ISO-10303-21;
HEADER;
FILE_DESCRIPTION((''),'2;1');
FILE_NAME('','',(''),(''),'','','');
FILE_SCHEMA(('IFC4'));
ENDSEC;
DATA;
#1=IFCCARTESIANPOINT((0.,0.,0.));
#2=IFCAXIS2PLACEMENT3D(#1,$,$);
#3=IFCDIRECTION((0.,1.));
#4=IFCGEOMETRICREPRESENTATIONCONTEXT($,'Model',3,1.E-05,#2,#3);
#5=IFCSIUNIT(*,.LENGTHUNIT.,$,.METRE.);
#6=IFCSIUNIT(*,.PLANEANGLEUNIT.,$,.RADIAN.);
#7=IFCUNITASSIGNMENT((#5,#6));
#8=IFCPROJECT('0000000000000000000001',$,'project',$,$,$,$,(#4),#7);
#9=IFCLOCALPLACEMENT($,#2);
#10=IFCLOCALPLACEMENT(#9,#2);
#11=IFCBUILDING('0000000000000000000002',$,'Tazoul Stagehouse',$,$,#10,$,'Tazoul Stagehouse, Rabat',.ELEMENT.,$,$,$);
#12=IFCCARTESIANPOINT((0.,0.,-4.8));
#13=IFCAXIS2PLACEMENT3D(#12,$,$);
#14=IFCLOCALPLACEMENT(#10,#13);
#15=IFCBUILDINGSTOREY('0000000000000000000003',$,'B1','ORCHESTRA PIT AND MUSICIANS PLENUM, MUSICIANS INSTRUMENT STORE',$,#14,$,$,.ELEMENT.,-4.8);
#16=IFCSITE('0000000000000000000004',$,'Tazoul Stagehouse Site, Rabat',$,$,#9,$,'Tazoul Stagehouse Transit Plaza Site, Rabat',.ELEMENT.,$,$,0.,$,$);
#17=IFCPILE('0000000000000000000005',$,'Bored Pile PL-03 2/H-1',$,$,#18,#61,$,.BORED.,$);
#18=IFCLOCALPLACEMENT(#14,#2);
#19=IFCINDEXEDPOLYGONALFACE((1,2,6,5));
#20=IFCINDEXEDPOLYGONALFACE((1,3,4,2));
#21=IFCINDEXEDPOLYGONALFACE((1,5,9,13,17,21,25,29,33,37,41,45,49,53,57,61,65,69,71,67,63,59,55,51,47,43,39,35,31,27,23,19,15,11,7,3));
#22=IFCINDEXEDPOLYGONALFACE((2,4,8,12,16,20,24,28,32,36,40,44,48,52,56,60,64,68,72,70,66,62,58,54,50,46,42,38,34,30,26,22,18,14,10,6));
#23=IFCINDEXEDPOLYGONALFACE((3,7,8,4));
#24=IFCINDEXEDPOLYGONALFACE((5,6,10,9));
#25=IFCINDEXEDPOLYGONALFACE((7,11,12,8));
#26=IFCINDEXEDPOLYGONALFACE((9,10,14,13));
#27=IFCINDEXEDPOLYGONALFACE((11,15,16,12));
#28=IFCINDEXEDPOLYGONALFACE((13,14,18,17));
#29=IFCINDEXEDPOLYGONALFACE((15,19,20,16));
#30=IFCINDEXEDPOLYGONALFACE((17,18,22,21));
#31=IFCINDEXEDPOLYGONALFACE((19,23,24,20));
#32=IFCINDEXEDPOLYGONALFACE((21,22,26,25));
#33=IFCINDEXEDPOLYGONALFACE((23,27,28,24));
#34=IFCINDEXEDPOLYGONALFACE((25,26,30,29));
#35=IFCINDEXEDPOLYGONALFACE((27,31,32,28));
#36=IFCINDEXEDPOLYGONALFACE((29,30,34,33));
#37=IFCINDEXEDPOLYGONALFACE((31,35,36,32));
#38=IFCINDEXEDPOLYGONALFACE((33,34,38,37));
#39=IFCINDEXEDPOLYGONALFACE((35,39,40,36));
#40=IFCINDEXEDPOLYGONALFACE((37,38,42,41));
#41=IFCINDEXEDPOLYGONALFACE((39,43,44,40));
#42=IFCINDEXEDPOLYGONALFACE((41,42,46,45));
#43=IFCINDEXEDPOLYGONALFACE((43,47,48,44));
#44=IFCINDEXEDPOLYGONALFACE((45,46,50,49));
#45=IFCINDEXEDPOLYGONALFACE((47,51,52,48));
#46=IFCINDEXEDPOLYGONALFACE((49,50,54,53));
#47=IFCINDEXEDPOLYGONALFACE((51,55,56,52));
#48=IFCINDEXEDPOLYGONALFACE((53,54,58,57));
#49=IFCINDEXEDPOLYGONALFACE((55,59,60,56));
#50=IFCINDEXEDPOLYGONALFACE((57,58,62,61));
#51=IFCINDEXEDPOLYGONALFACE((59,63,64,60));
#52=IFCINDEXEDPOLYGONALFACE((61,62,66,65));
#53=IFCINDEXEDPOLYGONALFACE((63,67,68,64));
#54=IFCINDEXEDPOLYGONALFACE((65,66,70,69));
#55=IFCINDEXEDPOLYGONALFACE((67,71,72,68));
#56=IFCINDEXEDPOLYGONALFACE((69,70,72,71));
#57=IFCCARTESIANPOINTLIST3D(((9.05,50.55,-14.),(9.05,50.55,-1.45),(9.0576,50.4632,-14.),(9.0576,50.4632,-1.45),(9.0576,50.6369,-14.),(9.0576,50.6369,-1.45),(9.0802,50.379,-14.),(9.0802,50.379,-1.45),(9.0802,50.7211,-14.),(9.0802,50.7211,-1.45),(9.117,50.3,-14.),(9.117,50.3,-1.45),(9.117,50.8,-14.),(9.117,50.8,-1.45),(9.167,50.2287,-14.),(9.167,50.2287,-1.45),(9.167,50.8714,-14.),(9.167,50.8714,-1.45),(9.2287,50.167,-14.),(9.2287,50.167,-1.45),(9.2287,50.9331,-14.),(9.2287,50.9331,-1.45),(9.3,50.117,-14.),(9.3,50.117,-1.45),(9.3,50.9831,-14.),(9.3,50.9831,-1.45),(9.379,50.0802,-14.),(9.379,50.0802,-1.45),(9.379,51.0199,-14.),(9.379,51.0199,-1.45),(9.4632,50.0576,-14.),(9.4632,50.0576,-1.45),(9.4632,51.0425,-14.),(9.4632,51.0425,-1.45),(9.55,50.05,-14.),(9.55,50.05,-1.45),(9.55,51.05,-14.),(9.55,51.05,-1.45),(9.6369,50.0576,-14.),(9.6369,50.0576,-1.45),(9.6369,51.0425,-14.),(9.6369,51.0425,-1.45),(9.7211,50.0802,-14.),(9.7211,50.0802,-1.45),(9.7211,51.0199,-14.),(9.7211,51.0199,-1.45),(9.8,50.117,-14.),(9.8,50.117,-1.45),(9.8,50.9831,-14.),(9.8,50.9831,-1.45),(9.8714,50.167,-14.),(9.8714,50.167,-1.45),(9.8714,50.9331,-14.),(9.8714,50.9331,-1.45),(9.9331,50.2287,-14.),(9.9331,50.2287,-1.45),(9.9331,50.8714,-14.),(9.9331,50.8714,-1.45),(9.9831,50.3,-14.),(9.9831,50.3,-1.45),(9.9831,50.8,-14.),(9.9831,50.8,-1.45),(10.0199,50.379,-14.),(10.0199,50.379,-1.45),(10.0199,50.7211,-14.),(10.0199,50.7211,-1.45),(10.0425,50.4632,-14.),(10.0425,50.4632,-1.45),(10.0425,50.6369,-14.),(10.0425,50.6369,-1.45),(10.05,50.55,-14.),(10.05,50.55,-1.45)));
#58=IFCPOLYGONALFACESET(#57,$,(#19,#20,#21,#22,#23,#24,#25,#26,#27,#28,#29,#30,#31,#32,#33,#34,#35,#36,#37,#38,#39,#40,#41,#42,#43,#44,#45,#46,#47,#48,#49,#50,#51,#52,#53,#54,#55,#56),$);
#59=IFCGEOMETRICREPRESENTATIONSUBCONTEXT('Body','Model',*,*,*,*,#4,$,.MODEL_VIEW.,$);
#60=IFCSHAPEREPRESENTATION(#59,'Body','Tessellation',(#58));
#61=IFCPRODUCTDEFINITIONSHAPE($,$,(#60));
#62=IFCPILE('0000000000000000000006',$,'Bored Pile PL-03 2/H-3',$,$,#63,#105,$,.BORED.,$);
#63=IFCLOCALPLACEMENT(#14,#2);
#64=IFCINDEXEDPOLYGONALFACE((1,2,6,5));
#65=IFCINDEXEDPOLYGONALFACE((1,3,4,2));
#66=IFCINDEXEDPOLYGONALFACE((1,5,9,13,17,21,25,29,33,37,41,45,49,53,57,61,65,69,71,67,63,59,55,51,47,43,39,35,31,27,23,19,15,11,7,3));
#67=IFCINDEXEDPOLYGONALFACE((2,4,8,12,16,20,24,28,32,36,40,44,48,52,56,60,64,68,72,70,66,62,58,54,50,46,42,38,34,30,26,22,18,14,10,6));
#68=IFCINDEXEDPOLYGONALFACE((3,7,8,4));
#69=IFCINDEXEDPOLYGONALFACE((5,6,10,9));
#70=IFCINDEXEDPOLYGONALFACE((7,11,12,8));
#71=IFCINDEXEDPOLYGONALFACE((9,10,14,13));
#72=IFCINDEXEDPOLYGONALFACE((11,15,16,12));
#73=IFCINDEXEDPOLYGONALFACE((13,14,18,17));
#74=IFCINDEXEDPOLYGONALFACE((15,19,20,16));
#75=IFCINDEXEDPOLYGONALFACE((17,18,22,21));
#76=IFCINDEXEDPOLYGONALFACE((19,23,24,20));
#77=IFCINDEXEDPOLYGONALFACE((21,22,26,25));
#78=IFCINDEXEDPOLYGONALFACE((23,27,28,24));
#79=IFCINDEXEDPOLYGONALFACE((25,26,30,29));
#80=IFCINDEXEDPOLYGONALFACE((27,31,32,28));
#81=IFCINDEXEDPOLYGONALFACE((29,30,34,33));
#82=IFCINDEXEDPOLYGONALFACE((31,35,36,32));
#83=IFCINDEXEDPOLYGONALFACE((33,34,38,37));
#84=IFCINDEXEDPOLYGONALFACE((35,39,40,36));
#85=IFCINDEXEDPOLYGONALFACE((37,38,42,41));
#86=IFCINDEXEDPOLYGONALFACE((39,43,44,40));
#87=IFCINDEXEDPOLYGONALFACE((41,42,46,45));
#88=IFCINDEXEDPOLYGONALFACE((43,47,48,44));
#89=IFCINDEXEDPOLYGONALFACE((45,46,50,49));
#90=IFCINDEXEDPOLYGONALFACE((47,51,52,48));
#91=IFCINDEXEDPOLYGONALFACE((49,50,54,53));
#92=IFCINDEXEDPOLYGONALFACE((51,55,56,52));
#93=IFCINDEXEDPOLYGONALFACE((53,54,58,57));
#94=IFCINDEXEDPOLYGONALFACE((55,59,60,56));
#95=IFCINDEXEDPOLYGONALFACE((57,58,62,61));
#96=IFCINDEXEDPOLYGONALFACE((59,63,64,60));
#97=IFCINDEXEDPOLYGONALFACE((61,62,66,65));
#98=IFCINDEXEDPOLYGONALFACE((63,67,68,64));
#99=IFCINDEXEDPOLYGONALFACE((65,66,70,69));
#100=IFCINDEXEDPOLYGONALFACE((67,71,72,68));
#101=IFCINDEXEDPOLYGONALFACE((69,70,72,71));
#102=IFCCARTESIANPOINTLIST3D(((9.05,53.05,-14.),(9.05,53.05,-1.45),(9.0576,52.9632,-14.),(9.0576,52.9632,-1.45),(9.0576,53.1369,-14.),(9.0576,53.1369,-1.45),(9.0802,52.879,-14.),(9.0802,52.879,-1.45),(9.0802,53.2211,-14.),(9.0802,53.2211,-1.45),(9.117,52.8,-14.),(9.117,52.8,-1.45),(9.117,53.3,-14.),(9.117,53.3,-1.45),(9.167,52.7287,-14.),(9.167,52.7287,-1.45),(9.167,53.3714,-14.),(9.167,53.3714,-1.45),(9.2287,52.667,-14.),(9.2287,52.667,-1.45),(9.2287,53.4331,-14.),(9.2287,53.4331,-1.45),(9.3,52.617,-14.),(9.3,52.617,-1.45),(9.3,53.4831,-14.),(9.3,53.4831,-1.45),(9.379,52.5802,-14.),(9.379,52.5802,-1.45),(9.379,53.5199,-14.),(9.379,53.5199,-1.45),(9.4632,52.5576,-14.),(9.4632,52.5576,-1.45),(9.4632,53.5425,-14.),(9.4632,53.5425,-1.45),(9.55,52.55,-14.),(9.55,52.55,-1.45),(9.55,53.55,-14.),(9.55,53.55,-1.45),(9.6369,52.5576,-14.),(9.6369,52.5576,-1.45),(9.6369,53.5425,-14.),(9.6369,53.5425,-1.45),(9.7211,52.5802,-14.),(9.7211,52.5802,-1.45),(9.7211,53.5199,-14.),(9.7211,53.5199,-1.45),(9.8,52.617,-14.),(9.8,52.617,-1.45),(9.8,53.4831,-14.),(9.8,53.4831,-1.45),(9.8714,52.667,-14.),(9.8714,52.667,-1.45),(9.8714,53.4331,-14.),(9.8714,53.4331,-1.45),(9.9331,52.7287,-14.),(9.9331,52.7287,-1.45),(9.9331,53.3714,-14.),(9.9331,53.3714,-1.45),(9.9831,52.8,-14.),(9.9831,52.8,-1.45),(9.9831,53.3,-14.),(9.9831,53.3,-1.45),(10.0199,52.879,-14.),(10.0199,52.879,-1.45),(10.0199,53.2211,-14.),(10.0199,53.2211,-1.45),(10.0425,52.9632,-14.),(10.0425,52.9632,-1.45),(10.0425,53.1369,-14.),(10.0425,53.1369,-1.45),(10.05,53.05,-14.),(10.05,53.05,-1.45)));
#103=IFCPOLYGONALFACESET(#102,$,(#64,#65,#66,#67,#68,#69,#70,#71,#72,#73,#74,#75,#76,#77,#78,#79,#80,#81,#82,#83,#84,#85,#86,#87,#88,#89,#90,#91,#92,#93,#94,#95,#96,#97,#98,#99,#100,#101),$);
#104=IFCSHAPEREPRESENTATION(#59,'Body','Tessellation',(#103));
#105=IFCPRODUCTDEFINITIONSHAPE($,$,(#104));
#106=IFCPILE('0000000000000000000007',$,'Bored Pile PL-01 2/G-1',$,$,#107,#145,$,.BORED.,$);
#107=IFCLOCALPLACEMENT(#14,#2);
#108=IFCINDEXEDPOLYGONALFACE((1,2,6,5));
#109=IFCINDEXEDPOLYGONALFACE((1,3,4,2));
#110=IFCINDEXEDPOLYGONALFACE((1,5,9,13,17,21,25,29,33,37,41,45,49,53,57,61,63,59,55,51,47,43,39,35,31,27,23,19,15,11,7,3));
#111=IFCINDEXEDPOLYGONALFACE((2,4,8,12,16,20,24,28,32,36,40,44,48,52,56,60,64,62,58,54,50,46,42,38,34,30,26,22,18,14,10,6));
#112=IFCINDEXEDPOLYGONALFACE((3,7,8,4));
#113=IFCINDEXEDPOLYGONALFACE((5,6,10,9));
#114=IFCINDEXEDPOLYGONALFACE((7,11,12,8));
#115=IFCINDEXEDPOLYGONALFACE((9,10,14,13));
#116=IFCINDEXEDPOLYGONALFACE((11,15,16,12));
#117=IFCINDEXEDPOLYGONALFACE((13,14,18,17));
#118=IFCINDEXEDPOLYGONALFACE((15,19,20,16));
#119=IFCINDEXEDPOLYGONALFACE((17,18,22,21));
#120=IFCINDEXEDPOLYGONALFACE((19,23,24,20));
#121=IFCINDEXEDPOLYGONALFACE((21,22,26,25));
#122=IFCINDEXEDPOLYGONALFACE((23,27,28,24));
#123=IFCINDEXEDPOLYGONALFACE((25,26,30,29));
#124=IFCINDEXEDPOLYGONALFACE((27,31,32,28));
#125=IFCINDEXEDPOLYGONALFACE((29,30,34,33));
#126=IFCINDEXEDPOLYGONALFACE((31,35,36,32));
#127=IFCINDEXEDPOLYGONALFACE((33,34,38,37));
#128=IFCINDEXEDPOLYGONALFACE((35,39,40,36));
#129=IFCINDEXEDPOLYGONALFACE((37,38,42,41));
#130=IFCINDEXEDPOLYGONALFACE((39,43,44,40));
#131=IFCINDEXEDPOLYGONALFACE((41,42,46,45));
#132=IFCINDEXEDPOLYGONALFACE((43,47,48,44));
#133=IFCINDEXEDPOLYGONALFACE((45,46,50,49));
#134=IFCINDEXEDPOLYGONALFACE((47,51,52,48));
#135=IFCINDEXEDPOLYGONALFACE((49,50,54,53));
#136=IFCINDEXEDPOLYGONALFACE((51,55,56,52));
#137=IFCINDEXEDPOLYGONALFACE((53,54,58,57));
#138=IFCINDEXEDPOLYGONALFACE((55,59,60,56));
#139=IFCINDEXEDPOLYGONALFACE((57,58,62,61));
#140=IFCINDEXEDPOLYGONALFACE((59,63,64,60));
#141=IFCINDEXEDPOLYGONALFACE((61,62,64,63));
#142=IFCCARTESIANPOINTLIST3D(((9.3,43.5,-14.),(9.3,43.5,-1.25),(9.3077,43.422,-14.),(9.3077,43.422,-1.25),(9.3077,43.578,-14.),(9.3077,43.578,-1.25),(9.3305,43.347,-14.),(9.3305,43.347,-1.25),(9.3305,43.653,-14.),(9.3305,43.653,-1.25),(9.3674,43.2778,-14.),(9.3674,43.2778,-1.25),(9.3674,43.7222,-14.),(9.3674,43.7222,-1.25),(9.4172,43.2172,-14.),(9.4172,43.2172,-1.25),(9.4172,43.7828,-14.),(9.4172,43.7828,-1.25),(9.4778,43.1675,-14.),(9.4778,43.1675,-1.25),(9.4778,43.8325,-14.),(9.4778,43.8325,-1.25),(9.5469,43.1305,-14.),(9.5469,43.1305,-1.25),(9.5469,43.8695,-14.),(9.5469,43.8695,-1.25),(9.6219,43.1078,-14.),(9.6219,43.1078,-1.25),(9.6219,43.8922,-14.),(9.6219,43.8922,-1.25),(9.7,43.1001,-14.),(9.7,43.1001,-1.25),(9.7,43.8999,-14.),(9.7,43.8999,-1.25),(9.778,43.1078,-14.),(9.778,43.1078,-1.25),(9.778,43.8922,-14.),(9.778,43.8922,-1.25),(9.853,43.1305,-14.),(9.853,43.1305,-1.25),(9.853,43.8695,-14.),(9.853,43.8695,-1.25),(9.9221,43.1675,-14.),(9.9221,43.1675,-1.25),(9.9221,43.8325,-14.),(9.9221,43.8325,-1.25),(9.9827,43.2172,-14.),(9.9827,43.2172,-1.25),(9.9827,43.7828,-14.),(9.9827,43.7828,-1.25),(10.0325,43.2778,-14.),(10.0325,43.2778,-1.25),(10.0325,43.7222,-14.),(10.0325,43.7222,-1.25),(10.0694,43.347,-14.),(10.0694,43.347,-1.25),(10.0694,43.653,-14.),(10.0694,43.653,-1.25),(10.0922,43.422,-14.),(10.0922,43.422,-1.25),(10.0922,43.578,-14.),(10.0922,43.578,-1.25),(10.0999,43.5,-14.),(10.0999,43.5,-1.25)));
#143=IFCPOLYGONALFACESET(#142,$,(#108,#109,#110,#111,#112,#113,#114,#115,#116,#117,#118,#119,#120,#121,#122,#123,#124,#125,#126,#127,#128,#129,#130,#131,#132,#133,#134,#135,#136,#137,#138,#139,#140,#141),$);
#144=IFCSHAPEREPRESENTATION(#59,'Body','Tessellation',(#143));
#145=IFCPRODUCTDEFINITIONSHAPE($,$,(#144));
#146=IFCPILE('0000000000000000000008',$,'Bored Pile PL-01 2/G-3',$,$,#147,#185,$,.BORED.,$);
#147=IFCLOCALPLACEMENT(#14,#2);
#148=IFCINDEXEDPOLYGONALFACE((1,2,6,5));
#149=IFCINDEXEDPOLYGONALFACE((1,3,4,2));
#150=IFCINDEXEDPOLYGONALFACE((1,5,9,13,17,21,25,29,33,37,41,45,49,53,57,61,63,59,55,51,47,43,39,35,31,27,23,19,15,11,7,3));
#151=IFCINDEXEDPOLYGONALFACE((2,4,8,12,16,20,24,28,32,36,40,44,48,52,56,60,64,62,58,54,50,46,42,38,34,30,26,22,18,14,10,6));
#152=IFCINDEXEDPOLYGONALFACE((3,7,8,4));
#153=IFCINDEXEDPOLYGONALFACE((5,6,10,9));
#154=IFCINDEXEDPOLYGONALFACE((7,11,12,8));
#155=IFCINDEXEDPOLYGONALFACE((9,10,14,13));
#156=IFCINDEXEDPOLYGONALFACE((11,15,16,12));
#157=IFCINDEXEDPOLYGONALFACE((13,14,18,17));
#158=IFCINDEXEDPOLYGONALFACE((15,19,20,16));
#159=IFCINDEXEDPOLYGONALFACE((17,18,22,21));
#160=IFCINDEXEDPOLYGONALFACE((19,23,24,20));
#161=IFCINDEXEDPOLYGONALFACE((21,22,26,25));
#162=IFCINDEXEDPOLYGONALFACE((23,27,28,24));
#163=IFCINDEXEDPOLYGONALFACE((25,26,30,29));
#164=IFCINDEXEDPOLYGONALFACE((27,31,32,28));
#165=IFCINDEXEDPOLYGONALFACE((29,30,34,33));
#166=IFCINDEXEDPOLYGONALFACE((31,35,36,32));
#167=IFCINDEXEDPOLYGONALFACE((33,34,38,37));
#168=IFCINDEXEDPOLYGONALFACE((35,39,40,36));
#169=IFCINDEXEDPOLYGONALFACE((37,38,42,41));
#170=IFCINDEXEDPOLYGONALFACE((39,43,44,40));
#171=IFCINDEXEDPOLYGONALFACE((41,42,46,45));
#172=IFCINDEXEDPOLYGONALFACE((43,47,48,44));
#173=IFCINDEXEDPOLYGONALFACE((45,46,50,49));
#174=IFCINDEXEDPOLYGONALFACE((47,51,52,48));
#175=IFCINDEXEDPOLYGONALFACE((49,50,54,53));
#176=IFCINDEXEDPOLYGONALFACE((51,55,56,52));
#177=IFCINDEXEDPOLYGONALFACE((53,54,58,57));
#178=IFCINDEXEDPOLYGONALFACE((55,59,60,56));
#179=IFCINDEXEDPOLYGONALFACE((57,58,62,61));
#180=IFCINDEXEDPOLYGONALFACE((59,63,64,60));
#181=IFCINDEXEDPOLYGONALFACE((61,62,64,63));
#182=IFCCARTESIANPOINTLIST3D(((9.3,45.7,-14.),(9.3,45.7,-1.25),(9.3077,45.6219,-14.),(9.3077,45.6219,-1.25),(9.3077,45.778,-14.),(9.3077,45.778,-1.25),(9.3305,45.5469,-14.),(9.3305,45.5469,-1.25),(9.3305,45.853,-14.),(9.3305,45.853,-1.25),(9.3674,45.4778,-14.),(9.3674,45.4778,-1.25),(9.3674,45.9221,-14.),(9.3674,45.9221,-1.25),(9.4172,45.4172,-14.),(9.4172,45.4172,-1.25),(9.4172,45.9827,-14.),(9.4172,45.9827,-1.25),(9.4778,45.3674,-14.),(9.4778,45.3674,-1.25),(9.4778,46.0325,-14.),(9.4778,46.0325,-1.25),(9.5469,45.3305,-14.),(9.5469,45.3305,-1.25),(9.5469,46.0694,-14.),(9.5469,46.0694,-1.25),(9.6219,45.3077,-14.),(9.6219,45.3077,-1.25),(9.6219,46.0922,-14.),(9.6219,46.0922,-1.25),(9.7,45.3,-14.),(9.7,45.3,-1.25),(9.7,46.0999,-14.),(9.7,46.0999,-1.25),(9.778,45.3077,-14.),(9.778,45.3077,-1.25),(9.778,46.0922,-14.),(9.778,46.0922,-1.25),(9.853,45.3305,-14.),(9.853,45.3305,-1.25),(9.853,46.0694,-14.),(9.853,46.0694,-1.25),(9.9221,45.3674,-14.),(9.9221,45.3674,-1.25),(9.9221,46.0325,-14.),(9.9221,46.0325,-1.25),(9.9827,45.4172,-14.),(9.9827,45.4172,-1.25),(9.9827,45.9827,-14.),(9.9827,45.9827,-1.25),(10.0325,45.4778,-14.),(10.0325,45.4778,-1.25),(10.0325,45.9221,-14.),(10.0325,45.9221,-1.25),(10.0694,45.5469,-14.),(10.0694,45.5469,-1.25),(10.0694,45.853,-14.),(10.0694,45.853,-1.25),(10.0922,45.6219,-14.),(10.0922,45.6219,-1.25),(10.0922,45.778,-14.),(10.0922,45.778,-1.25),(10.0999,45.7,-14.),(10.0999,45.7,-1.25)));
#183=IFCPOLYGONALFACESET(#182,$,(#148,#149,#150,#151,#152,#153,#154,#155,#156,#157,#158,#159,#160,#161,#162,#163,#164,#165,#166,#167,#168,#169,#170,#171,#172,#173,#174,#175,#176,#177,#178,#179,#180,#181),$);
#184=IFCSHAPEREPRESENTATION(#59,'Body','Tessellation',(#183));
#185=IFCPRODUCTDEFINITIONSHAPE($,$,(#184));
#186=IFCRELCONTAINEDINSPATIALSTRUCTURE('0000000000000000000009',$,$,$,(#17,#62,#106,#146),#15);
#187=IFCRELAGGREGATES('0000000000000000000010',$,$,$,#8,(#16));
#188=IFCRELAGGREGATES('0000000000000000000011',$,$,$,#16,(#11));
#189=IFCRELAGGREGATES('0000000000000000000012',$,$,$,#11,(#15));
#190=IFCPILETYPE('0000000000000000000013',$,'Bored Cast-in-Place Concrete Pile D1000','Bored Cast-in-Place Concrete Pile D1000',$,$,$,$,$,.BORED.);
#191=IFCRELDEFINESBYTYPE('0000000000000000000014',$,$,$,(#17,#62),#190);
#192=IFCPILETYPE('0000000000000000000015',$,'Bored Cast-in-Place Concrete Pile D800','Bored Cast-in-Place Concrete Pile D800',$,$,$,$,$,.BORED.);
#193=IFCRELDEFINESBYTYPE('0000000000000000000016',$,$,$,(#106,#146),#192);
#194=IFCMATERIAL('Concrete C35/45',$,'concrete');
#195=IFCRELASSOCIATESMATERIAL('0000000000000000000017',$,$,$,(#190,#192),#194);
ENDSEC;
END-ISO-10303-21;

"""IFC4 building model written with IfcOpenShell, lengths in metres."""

from ifc_helpers import new_model, si_unit, direction, frame, origin, origin_2d, place, context, subcontext, project, spatial, circle, extrude, material, material_profile, profile_set, type_object, element, save


model = new_model("IFC4")

# Units and contexts
model_context = context("Model", 3, precision=1e-05, world=origin(), true_north=direction((0.0, 1.0)))
body_context = subcontext(model_context, "Body", "Model", "MODEL_VIEW")
ifc_project = project(units=[si_unit("LENGTHUNIT", "METRE"), si_unit("PLANEANGLEUNIT", "RADIAN")], contexts=[model_context])

# Site, building, storey
site_placement = place(None, origin())
site = spatial("IfcSite", under=ifc_project, at=site_placement, Name="Tazoul Stagehouse Site, Rabat", LongName="Tazoul Stagehouse Transit Plaza Site, Rabat", CompositionType="ELEMENT", RefElevation=0.0)
building_placement = place(site_placement, origin())
building = spatial("IfcBuilding", under=site, at=building_placement, Name="Tazoul Stagehouse", LongName="Tazoul Stagehouse, Rabat", CompositionType="ELEMENT")
storey_placement = place(building_placement, frame((0.0, 0.0, -4.8)))
storey = spatial("IfcBuildingStorey", under=building, at=storey_placement, Name="B1", Description="ORCHESTRA PIT AND MUSICIANS PLENUM, MUSICIANS INSTRUMENT STORE", CompositionType="ELEMENT", Elevation=-4.8)

# Piles
ifc_material_1 = material(Name="Concrete C35/45", Category="concrete")
ifc_material_profile_1 = material_profile(ifc_material_1, circle(Radius=0.5, at=origin_2d()), Name="BORED PILE 1000")
ifc_profile_set_1 = profile_set([ifc_material_profile_1], Name="Concrete C35/45")
pile_type_1 = type_object("IfcPileType", Name="Bored Cast-in-Place Concrete Pile D1000", Description="Bored Cast-in-Place Concrete Pile D1000", PredefinedType="BORED", material=ifc_profile_set_1)
for number, where, z_axis, x_axis, name in (
    (1, (9.55, 50.55, -1.45), (0.0, 0.0, -1.0), (1.0, 0.0, 0.0), "Bored Pile PL-03 2/H-1"),
    (2, (9.55, 53.05, -1.45), (0.0, 0.0, -1.0), (1.0, 0.0, 0.0), "Bored Pile PL-03 2/H-3"),
):
    element("IfcPile", number, at=place(storey_placement, frame(where, z_axis=z_axis, x_axis=x_axis)), inside=storey, type_object=pile_type_1, Name=name, PredefinedType="BORED", context=body_context, shape_type="SweptSolid", body=[
        extrude(circle(Radius=0.5, at=origin_2d()), origin(), (0.0, 0.0, 1.0), 12.55),
    ])
ifc_material_profile_2 = material_profile(ifc_material_1, circle(Radius=0.3999, at=origin_2d()), Name="BORED PILE 800")
ifc_profile_set_2 = profile_set([ifc_material_profile_2], Name="Concrete C35/45")
pile_type_2 = type_object("IfcPileType", Name="Bored Cast-in-Place Concrete Pile D800", Description="Bored Cast-in-Place Concrete Pile D800", PredefinedType="BORED", material=ifc_profile_set_2)
for number, where, z_axis, x_axis, name in (
    (3, (9.7, 43.5, -1.25), (0.0, 0.0, -1.0), (1.0, 0.0, 0.0), "Bored Pile PL-01 2/G-1"),
    (4, (9.7, 45.7, -1.25), (0.0, 0.0, -1.0), (1.0, 0.0, 0.0), "Bored Pile PL-01 2/G-3"),
):
    element("IfcPile", number, at=place(storey_placement, frame(where, z_axis=z_axis, x_axis=x_axis)), inside=storey, type_object=pile_type_2, Name=name, PredefinedType="BORED", context=body_context, shape_type="SweptSolid", body=[
        extrude(circle(Radius=0.3999, at=origin_2d()), origin(), (0.0, 0.0, 1.0), 12.75),
    ])

save(model, "model.ifc")
